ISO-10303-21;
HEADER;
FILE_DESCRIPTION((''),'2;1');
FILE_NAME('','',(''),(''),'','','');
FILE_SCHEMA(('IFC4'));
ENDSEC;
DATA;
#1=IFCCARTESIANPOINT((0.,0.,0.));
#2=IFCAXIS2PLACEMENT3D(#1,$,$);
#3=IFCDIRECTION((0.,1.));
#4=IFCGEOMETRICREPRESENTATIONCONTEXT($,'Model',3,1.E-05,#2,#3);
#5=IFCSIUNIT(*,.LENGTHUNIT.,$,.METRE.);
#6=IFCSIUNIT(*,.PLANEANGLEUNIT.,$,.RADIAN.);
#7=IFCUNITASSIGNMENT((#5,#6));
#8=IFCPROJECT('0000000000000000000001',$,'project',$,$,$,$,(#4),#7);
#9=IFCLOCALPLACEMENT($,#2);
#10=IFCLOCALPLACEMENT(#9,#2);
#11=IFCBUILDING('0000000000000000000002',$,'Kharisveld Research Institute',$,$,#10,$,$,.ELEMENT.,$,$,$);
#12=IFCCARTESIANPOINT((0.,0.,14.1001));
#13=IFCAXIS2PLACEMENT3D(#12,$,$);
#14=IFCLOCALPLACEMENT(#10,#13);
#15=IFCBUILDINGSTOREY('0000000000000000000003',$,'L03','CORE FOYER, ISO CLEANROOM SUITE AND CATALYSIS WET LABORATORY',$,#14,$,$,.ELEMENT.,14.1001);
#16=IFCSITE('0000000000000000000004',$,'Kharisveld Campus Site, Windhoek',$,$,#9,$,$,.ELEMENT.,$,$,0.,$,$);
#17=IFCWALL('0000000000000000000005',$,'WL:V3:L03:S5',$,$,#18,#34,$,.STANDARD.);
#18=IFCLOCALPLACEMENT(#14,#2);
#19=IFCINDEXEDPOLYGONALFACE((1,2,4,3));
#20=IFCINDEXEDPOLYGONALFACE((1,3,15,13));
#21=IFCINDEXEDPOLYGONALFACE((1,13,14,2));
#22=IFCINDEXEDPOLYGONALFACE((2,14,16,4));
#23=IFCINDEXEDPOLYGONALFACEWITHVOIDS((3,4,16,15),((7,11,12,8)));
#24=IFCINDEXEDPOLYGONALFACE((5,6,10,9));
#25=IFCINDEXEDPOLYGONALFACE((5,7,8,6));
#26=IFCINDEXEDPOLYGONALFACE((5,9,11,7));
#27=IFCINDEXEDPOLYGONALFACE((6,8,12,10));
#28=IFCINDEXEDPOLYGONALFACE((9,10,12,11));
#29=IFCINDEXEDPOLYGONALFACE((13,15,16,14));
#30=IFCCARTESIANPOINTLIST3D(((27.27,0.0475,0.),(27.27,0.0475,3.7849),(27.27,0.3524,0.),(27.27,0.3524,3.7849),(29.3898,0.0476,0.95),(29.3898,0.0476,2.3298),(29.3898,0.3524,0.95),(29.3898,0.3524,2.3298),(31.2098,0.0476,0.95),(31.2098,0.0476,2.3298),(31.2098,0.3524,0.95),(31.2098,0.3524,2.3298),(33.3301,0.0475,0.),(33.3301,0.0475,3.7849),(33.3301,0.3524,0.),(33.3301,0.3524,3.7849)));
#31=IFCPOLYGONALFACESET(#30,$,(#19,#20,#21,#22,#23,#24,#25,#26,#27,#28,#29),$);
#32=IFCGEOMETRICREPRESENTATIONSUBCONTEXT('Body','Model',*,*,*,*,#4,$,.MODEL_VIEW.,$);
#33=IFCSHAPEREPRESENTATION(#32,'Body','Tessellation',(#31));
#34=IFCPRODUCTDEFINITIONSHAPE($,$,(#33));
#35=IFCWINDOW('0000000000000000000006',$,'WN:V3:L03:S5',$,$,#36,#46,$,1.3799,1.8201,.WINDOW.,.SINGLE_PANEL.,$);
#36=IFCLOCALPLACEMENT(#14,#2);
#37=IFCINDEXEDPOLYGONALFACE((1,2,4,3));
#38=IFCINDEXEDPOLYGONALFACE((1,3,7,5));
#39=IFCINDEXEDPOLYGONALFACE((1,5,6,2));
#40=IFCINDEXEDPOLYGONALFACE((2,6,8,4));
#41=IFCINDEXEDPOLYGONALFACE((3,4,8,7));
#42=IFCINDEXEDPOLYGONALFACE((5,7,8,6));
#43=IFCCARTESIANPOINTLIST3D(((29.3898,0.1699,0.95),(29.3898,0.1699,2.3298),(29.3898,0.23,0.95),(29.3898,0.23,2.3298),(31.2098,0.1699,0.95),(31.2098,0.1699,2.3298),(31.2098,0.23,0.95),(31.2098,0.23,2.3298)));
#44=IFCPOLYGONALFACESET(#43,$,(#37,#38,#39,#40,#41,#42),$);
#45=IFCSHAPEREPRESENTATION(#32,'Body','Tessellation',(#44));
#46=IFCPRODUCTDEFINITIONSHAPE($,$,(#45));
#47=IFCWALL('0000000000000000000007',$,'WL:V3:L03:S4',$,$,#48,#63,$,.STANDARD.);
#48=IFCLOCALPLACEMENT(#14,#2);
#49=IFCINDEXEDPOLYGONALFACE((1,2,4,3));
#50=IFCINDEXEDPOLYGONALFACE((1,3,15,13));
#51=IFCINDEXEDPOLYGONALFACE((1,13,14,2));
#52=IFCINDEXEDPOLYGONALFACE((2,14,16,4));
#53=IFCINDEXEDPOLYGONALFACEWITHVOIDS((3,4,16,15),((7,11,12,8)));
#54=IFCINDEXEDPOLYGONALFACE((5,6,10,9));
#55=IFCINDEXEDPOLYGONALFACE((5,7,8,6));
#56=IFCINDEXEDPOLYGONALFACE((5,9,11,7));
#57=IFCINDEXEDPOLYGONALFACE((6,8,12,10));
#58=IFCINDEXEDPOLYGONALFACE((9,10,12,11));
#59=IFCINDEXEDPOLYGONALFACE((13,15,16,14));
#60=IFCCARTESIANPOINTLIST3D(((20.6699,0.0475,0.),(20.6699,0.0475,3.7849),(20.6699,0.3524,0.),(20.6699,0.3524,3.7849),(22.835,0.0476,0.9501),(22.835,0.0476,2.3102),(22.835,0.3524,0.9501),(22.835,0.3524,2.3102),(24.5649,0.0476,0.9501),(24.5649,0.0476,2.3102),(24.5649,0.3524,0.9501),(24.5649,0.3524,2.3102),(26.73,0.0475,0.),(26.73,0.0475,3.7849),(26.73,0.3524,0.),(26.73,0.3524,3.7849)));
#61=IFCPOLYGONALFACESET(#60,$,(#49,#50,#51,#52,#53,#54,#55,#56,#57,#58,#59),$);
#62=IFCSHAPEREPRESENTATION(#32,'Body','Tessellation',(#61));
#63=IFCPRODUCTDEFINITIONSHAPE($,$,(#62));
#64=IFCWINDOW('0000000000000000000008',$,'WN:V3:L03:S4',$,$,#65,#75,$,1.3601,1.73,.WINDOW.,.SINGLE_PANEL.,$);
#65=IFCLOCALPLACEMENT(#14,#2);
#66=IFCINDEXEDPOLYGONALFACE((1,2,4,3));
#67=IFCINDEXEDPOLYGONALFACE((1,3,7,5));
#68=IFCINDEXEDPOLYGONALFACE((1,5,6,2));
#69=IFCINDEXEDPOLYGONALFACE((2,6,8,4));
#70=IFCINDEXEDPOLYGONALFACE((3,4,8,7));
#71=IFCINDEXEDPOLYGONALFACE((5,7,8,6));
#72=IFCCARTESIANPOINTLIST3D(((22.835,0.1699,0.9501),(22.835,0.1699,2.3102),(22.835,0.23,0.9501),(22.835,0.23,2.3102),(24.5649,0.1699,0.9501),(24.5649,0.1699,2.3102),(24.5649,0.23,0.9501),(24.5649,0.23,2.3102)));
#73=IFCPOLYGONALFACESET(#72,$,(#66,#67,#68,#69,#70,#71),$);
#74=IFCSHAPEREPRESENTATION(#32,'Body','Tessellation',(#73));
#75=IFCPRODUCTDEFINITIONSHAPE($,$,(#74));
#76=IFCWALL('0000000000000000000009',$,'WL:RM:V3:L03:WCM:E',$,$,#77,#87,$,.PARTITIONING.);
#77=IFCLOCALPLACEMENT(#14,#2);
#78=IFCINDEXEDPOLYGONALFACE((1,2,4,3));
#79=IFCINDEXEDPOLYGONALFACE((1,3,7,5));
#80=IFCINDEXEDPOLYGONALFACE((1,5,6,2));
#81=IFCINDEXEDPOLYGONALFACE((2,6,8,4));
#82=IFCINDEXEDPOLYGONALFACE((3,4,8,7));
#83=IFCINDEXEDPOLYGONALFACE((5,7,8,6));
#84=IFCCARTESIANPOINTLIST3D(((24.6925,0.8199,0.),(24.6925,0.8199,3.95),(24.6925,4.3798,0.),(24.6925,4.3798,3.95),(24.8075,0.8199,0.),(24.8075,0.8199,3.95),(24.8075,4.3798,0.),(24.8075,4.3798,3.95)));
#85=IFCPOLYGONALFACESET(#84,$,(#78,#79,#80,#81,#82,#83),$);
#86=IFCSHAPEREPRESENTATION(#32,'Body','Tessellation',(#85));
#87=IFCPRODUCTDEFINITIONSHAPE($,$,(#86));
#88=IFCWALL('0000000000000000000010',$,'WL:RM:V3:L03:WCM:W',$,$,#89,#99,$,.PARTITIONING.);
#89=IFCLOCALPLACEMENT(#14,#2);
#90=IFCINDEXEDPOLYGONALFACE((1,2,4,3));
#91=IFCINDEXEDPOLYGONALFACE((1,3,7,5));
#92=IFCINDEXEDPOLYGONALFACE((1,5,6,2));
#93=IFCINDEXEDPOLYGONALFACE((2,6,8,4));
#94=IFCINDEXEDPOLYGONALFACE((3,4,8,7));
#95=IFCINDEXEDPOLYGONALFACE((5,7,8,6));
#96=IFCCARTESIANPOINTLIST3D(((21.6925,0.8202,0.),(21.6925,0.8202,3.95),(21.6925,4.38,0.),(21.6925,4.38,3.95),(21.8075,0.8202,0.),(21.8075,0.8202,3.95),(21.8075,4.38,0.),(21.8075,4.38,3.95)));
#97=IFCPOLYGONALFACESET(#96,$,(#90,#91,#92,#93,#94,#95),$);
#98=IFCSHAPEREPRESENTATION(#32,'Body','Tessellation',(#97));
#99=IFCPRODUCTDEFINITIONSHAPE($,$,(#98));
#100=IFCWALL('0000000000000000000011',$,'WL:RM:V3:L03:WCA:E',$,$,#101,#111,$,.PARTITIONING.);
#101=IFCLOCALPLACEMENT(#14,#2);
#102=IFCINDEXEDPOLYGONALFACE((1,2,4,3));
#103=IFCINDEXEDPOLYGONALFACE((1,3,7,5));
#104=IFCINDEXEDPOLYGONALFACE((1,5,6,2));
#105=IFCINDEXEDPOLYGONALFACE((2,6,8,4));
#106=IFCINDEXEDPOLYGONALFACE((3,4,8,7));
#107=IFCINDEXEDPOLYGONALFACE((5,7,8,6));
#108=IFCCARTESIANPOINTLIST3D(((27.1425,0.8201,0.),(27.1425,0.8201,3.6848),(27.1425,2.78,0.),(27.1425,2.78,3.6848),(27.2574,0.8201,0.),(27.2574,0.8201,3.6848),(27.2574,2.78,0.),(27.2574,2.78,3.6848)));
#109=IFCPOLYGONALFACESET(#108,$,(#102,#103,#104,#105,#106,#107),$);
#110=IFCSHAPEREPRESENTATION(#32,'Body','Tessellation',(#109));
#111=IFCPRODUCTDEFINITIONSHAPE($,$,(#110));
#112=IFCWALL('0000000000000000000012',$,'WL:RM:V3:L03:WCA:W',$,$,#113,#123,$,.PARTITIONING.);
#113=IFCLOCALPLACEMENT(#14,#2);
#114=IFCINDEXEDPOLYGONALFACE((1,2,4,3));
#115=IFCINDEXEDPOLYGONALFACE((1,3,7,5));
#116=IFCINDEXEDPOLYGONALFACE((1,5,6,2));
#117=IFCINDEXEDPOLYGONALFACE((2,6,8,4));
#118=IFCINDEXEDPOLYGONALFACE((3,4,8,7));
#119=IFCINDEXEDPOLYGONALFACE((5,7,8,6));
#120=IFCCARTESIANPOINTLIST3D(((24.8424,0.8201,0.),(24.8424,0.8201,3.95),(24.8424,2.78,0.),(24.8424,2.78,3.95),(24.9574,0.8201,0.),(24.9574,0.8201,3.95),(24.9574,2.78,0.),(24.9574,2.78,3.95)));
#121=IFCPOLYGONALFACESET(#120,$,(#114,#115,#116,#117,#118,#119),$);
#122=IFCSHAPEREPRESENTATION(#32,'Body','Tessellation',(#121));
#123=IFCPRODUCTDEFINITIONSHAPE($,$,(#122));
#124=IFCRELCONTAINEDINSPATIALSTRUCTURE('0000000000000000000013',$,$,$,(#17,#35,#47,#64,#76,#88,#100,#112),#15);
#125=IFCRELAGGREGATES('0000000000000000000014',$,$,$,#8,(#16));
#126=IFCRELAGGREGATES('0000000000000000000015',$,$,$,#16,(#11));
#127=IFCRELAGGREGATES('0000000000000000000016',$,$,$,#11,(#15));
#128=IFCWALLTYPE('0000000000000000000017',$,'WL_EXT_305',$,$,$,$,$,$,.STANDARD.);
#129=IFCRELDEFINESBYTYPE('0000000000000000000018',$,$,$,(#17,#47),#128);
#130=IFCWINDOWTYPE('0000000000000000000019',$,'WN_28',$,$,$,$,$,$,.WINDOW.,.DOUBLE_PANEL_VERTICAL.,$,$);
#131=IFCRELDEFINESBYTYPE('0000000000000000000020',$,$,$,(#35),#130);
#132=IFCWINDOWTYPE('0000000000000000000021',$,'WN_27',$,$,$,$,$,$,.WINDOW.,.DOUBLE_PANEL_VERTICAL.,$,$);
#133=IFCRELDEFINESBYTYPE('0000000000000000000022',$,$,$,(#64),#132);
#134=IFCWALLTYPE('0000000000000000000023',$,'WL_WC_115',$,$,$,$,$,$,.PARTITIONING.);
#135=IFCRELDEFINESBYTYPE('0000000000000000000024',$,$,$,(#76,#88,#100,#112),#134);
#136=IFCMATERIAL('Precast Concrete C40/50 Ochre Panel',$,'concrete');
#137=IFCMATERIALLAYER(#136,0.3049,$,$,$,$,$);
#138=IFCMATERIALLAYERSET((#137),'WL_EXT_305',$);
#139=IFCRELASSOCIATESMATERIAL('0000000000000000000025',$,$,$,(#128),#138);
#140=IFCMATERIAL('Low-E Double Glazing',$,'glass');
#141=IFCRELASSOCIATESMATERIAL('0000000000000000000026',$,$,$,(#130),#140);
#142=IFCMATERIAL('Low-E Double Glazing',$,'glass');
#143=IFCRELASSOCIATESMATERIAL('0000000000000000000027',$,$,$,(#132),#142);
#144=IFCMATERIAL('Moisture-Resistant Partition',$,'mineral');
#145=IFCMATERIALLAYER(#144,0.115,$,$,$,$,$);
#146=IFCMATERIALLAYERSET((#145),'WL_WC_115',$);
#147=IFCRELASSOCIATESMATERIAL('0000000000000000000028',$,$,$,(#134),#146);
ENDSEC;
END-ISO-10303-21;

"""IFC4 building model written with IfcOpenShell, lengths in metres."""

from ifc_helpers import new_model, si_unit, direction, frame, frame_2d, origin, place, context, subcontext, project, spatial, rectangle, extrude, material, layer, layer_set, type_object, element, fill, save


model = new_model("IFC4")

# Units and contexts
model_context = context("Model", 3, precision=1e-05, world=origin(), true_north=direction((0.0, 1.0)))
body_context = subcontext(model_context, "Body", "Model", "MODEL_VIEW")
ifc_project = project(units=[si_unit("LENGTHUNIT", "METRE"), si_unit("PLANEANGLEUNIT", "RADIAN")], contexts=[model_context])

# Site, building, storey
site_placement = place(None, origin())
site = spatial("IfcSite", under=ifc_project, at=site_placement, Name="Kharisveld Campus Site, Windhoek", CompositionType="ELEMENT", RefElevation=0.0)
building_placement = place(site_placement, origin())
building = spatial("IfcBuilding", under=site, at=building_placement, Name="Kharisveld Research Institute", CompositionType="ELEMENT")
storey_placement = place(building_placement, frame((0.0, 0.0, 14.1001)))
storey = spatial("IfcBuildingStorey", under=building, at=storey_placement, Name="L03", Description="CORE FOYER, ISO CLEANROOM SUITE AND CATALYSIS WET LABORATORY", CompositionType="ELEMENT", Elevation=14.1001)

# Walls, openings, windows
ifc_material_1 = material(Name="Precast Concrete C40/50 Ochre Panel", Category="concrete")
ifc_layer_1 = layer(ifc_material_1, 0.3049)
ifc_layer_set_1 = layer_set([ifc_layer_1], Name="WL_EXT_305")
wall_type_1 = type_object("IfcWallType", Name="WL_EXT_305", PredefinedType="STANDARD", material=ifc_layer_set_1)
wall_1_placement = place(storey_placement, frame((33.3301, 0.2, 0.0), z_axis=(0.0, 0.0, 1.0), x_axis=(-1.0, 0.0, 0.0)))
wall_1 = element("IfcWall", 1, at=wall_1_placement, inside=storey, type_object=wall_type_1, Name="WL:V3:L03:S5", PredefinedType="STANDARD", context=body_context, shape_type="SweptSolid", body=[
    extrude(rectangle(XDim=6.0601, YDim=0.3049, at=frame_2d((3.03, 0.0))), origin(), (0.0, 0.0, 1.0), 3.7849),
])
opening_1_placement = place(wall_1_placement, frame((2.1201, 0.0, 0.95)))
opening_1 = element("IfcOpeningElement", 2, at=opening_1_placement, cuts=wall_1, PredefinedType="OPENING", context=body_context, shape_type="SweptSolid", body=[
    extrude(rectangle(XDim=1.8201, YDim=1.3799, at=frame_2d((0.9102, 0.6899))), frame((0.0, 0.1523, 0.0), z_axis=(0.0, -1.0, 0.0), x_axis=(1.0, 0.0, 0.0)), (0.0, 0.0, 1.0), 0.3049),
])
ifc_material_2 = material(Name="Low-E Double Glazing", Category="glass")
window_type_1 = type_object("IfcWindowType", Name="WN_28", PartitioningType="DOUBLE_PANEL_VERTICAL", PredefinedType="WINDOW", material=ifc_material_2)
window_1_placement = place(opening_1_placement, origin())
window_1 = element("IfcWindow", 3, at=window_1_placement, inside=storey, type_object=window_type_1, Name="WN:V3:L03:S5", OverallHeight=1.3799, OverallWidth=1.8201, PartitioningType="SINGLE_PANEL", PredefinedType="WINDOW", context=body_context, shape_type="SweptSolid", body=[
    extrude(rectangle(XDim=1.8201, YDim=1.3799, at=frame_2d((0.9102, 0.6899))), frame((0.0, 0.03, 0.0), z_axis=(0.0, -1.0, 0.0), x_axis=(1.0, 0.0, 0.0)), (0.0, 0.0, 1.0), 0.0601),
])
fill(opening_1, window_1)
wall_2_placement = place(storey_placement, frame((26.73, 0.2, 0.0), z_axis=(0.0, 0.0, 1.0), x_axis=(-1.0, 0.0, 0.0)))
wall_2 = element("IfcWall", 4, at=wall_2_placement, inside=storey, type_object=wall_type_1, Name="WL:V3:L03:S4", PredefinedType="STANDARD", context=body_context, shape_type="SweptSolid", body=[
    extrude(rectangle(XDim=6.0601, YDim=0.3049, at=frame_2d((3.03, 0.0))), origin(), (0.0, 0.0, 1.0), 3.7849),
])
opening_2_placement = place(wall_2_placement, frame((2.165, 0.0, 0.95)))
opening_2 = element("IfcOpeningElement", 5, at=opening_2_placement, cuts=wall_2, PredefinedType="OPENING", context=body_context, shape_type="SweptSolid", body=[
    extrude(rectangle(XDim=1.73, YDim=1.3601, at=frame_2d((0.865, 0.6802))), frame((0.0, 0.1523, 0.0), z_axis=(0.0, -1.0, 0.0), x_axis=(1.0, 0.0, 0.0)), (0.0, 0.0, 1.0), 0.3049),
])
ifc_material_3 = material(Name="Low-E Double Glazing", Category="glass")
window_type_2 = type_object("IfcWindowType", Name="WN_27", PartitioningType="DOUBLE_PANEL_VERTICAL", PredefinedType="WINDOW", material=ifc_material_3)
window_2_placement = place(opening_2_placement, origin())
window_2 = element("IfcWindow", 6, at=window_2_placement, inside=storey, type_object=window_type_2, Name="WN:V3:L03:S4", OverallHeight=1.3601, OverallWidth=1.73, PartitioningType="SINGLE_PANEL", PredefinedType="WINDOW", context=body_context, shape_type="SweptSolid", body=[
    extrude(rectangle(XDim=1.73, YDim=1.3601, at=frame_2d((0.865, 0.6802))), frame((0.0, 0.03, 0.0), z_axis=(0.0, -1.0, 0.0), x_axis=(1.0, 0.0, 0.0)), (0.0, 0.0, 1.0), 0.0601),
])
fill(opening_2, window_2)

# Wall
ifc_material_4 = material(Name="Moisture-Resistant Partition", Category="mineral")
ifc_layer_2 = layer(ifc_material_4, 0.115)
ifc_layer_set_2 = layer_set([ifc_layer_2], Name="WL_WC_115")
wall_type_2 = type_object("IfcWallType", Name="WL_WC_115", PredefinedType="PARTITIONING", material=ifc_layer_set_2)
wall_3_placement = place(storey_placement, frame((24.75, 0.8201, 0.0), z_axis=(0.0, 0.0, 1.0), x_axis=(0.0, 1.0, 0.0)))
element("IfcWall", 7, at=wall_3_placement, inside=storey, type_object=wall_type_2, Name="WL:RM:V3:L03:WCM:E", PredefinedType="PARTITIONING", context=body_context, shape_type="SweptSolid", body=[
    extrude(rectangle(XDim=3.5598, YDim=0.115, at=frame_2d((1.7798, 0.0))), origin(), (0.0, 0.0, 1.0), 3.95),
])

# Walls
wall_4_placement = place(storey_placement, frame((21.75, 4.3799, 0.0), z_axis=(0.0, 0.0, 1.0), x_axis=(0.0, -1.0, 0.0)))
element("IfcWall", 8, at=wall_4_placement, inside=storey, type_object=wall_type_2, Name="WL:RM:V3:L03:WCM:W", PredefinedType="PARTITIONING", context=body_context, shape_type="SweptSolid", body=[
    extrude(rectangle(XDim=3.5598, YDim=0.115, at=frame_2d((1.7798, 0.0))), origin(), (0.0, 0.0, 1.0), 3.95),
])
wall_5_placement = place(storey_placement, frame((27.2, 0.8201, 0.0), z_axis=(0.0, 0.0, 1.0), x_axis=(0.0, 1.0, 0.0)))
element("IfcWall", 9, at=wall_5_placement, inside=storey, type_object=wall_type_2, Name="WL:RM:V3:L03:WCA:E", PredefinedType="PARTITIONING", context=body_context, shape_type="SweptSolid", body=[
    extrude(rectangle(XDim=1.96, YDim=0.115, at=frame_2d((0.98, 0.0))), origin(), (0.0, 0.0, 1.0), 3.6848),
])

# Wall
wall_6_placement = place(storey_placement, frame((24.8999, 2.78, 0.0), z_axis=(0.0, 0.0, 1.0), x_axis=(0.0, -1.0, 0.0)))
element("IfcWall", 10, at=wall_6_placement, inside=storey, type_object=wall_type_2, Name="WL:RM:V3:L03:WCA:W", PredefinedType="PARTITIONING", context=body_context, shape_type="SweptSolid", body=[
    extrude(rectangle(XDim=1.96, YDim=0.115, at=frame_2d((0.98, 0.0))), origin(), (0.0, 0.0, 1.0), 3.95),
])

save(model, "model.ifc")
